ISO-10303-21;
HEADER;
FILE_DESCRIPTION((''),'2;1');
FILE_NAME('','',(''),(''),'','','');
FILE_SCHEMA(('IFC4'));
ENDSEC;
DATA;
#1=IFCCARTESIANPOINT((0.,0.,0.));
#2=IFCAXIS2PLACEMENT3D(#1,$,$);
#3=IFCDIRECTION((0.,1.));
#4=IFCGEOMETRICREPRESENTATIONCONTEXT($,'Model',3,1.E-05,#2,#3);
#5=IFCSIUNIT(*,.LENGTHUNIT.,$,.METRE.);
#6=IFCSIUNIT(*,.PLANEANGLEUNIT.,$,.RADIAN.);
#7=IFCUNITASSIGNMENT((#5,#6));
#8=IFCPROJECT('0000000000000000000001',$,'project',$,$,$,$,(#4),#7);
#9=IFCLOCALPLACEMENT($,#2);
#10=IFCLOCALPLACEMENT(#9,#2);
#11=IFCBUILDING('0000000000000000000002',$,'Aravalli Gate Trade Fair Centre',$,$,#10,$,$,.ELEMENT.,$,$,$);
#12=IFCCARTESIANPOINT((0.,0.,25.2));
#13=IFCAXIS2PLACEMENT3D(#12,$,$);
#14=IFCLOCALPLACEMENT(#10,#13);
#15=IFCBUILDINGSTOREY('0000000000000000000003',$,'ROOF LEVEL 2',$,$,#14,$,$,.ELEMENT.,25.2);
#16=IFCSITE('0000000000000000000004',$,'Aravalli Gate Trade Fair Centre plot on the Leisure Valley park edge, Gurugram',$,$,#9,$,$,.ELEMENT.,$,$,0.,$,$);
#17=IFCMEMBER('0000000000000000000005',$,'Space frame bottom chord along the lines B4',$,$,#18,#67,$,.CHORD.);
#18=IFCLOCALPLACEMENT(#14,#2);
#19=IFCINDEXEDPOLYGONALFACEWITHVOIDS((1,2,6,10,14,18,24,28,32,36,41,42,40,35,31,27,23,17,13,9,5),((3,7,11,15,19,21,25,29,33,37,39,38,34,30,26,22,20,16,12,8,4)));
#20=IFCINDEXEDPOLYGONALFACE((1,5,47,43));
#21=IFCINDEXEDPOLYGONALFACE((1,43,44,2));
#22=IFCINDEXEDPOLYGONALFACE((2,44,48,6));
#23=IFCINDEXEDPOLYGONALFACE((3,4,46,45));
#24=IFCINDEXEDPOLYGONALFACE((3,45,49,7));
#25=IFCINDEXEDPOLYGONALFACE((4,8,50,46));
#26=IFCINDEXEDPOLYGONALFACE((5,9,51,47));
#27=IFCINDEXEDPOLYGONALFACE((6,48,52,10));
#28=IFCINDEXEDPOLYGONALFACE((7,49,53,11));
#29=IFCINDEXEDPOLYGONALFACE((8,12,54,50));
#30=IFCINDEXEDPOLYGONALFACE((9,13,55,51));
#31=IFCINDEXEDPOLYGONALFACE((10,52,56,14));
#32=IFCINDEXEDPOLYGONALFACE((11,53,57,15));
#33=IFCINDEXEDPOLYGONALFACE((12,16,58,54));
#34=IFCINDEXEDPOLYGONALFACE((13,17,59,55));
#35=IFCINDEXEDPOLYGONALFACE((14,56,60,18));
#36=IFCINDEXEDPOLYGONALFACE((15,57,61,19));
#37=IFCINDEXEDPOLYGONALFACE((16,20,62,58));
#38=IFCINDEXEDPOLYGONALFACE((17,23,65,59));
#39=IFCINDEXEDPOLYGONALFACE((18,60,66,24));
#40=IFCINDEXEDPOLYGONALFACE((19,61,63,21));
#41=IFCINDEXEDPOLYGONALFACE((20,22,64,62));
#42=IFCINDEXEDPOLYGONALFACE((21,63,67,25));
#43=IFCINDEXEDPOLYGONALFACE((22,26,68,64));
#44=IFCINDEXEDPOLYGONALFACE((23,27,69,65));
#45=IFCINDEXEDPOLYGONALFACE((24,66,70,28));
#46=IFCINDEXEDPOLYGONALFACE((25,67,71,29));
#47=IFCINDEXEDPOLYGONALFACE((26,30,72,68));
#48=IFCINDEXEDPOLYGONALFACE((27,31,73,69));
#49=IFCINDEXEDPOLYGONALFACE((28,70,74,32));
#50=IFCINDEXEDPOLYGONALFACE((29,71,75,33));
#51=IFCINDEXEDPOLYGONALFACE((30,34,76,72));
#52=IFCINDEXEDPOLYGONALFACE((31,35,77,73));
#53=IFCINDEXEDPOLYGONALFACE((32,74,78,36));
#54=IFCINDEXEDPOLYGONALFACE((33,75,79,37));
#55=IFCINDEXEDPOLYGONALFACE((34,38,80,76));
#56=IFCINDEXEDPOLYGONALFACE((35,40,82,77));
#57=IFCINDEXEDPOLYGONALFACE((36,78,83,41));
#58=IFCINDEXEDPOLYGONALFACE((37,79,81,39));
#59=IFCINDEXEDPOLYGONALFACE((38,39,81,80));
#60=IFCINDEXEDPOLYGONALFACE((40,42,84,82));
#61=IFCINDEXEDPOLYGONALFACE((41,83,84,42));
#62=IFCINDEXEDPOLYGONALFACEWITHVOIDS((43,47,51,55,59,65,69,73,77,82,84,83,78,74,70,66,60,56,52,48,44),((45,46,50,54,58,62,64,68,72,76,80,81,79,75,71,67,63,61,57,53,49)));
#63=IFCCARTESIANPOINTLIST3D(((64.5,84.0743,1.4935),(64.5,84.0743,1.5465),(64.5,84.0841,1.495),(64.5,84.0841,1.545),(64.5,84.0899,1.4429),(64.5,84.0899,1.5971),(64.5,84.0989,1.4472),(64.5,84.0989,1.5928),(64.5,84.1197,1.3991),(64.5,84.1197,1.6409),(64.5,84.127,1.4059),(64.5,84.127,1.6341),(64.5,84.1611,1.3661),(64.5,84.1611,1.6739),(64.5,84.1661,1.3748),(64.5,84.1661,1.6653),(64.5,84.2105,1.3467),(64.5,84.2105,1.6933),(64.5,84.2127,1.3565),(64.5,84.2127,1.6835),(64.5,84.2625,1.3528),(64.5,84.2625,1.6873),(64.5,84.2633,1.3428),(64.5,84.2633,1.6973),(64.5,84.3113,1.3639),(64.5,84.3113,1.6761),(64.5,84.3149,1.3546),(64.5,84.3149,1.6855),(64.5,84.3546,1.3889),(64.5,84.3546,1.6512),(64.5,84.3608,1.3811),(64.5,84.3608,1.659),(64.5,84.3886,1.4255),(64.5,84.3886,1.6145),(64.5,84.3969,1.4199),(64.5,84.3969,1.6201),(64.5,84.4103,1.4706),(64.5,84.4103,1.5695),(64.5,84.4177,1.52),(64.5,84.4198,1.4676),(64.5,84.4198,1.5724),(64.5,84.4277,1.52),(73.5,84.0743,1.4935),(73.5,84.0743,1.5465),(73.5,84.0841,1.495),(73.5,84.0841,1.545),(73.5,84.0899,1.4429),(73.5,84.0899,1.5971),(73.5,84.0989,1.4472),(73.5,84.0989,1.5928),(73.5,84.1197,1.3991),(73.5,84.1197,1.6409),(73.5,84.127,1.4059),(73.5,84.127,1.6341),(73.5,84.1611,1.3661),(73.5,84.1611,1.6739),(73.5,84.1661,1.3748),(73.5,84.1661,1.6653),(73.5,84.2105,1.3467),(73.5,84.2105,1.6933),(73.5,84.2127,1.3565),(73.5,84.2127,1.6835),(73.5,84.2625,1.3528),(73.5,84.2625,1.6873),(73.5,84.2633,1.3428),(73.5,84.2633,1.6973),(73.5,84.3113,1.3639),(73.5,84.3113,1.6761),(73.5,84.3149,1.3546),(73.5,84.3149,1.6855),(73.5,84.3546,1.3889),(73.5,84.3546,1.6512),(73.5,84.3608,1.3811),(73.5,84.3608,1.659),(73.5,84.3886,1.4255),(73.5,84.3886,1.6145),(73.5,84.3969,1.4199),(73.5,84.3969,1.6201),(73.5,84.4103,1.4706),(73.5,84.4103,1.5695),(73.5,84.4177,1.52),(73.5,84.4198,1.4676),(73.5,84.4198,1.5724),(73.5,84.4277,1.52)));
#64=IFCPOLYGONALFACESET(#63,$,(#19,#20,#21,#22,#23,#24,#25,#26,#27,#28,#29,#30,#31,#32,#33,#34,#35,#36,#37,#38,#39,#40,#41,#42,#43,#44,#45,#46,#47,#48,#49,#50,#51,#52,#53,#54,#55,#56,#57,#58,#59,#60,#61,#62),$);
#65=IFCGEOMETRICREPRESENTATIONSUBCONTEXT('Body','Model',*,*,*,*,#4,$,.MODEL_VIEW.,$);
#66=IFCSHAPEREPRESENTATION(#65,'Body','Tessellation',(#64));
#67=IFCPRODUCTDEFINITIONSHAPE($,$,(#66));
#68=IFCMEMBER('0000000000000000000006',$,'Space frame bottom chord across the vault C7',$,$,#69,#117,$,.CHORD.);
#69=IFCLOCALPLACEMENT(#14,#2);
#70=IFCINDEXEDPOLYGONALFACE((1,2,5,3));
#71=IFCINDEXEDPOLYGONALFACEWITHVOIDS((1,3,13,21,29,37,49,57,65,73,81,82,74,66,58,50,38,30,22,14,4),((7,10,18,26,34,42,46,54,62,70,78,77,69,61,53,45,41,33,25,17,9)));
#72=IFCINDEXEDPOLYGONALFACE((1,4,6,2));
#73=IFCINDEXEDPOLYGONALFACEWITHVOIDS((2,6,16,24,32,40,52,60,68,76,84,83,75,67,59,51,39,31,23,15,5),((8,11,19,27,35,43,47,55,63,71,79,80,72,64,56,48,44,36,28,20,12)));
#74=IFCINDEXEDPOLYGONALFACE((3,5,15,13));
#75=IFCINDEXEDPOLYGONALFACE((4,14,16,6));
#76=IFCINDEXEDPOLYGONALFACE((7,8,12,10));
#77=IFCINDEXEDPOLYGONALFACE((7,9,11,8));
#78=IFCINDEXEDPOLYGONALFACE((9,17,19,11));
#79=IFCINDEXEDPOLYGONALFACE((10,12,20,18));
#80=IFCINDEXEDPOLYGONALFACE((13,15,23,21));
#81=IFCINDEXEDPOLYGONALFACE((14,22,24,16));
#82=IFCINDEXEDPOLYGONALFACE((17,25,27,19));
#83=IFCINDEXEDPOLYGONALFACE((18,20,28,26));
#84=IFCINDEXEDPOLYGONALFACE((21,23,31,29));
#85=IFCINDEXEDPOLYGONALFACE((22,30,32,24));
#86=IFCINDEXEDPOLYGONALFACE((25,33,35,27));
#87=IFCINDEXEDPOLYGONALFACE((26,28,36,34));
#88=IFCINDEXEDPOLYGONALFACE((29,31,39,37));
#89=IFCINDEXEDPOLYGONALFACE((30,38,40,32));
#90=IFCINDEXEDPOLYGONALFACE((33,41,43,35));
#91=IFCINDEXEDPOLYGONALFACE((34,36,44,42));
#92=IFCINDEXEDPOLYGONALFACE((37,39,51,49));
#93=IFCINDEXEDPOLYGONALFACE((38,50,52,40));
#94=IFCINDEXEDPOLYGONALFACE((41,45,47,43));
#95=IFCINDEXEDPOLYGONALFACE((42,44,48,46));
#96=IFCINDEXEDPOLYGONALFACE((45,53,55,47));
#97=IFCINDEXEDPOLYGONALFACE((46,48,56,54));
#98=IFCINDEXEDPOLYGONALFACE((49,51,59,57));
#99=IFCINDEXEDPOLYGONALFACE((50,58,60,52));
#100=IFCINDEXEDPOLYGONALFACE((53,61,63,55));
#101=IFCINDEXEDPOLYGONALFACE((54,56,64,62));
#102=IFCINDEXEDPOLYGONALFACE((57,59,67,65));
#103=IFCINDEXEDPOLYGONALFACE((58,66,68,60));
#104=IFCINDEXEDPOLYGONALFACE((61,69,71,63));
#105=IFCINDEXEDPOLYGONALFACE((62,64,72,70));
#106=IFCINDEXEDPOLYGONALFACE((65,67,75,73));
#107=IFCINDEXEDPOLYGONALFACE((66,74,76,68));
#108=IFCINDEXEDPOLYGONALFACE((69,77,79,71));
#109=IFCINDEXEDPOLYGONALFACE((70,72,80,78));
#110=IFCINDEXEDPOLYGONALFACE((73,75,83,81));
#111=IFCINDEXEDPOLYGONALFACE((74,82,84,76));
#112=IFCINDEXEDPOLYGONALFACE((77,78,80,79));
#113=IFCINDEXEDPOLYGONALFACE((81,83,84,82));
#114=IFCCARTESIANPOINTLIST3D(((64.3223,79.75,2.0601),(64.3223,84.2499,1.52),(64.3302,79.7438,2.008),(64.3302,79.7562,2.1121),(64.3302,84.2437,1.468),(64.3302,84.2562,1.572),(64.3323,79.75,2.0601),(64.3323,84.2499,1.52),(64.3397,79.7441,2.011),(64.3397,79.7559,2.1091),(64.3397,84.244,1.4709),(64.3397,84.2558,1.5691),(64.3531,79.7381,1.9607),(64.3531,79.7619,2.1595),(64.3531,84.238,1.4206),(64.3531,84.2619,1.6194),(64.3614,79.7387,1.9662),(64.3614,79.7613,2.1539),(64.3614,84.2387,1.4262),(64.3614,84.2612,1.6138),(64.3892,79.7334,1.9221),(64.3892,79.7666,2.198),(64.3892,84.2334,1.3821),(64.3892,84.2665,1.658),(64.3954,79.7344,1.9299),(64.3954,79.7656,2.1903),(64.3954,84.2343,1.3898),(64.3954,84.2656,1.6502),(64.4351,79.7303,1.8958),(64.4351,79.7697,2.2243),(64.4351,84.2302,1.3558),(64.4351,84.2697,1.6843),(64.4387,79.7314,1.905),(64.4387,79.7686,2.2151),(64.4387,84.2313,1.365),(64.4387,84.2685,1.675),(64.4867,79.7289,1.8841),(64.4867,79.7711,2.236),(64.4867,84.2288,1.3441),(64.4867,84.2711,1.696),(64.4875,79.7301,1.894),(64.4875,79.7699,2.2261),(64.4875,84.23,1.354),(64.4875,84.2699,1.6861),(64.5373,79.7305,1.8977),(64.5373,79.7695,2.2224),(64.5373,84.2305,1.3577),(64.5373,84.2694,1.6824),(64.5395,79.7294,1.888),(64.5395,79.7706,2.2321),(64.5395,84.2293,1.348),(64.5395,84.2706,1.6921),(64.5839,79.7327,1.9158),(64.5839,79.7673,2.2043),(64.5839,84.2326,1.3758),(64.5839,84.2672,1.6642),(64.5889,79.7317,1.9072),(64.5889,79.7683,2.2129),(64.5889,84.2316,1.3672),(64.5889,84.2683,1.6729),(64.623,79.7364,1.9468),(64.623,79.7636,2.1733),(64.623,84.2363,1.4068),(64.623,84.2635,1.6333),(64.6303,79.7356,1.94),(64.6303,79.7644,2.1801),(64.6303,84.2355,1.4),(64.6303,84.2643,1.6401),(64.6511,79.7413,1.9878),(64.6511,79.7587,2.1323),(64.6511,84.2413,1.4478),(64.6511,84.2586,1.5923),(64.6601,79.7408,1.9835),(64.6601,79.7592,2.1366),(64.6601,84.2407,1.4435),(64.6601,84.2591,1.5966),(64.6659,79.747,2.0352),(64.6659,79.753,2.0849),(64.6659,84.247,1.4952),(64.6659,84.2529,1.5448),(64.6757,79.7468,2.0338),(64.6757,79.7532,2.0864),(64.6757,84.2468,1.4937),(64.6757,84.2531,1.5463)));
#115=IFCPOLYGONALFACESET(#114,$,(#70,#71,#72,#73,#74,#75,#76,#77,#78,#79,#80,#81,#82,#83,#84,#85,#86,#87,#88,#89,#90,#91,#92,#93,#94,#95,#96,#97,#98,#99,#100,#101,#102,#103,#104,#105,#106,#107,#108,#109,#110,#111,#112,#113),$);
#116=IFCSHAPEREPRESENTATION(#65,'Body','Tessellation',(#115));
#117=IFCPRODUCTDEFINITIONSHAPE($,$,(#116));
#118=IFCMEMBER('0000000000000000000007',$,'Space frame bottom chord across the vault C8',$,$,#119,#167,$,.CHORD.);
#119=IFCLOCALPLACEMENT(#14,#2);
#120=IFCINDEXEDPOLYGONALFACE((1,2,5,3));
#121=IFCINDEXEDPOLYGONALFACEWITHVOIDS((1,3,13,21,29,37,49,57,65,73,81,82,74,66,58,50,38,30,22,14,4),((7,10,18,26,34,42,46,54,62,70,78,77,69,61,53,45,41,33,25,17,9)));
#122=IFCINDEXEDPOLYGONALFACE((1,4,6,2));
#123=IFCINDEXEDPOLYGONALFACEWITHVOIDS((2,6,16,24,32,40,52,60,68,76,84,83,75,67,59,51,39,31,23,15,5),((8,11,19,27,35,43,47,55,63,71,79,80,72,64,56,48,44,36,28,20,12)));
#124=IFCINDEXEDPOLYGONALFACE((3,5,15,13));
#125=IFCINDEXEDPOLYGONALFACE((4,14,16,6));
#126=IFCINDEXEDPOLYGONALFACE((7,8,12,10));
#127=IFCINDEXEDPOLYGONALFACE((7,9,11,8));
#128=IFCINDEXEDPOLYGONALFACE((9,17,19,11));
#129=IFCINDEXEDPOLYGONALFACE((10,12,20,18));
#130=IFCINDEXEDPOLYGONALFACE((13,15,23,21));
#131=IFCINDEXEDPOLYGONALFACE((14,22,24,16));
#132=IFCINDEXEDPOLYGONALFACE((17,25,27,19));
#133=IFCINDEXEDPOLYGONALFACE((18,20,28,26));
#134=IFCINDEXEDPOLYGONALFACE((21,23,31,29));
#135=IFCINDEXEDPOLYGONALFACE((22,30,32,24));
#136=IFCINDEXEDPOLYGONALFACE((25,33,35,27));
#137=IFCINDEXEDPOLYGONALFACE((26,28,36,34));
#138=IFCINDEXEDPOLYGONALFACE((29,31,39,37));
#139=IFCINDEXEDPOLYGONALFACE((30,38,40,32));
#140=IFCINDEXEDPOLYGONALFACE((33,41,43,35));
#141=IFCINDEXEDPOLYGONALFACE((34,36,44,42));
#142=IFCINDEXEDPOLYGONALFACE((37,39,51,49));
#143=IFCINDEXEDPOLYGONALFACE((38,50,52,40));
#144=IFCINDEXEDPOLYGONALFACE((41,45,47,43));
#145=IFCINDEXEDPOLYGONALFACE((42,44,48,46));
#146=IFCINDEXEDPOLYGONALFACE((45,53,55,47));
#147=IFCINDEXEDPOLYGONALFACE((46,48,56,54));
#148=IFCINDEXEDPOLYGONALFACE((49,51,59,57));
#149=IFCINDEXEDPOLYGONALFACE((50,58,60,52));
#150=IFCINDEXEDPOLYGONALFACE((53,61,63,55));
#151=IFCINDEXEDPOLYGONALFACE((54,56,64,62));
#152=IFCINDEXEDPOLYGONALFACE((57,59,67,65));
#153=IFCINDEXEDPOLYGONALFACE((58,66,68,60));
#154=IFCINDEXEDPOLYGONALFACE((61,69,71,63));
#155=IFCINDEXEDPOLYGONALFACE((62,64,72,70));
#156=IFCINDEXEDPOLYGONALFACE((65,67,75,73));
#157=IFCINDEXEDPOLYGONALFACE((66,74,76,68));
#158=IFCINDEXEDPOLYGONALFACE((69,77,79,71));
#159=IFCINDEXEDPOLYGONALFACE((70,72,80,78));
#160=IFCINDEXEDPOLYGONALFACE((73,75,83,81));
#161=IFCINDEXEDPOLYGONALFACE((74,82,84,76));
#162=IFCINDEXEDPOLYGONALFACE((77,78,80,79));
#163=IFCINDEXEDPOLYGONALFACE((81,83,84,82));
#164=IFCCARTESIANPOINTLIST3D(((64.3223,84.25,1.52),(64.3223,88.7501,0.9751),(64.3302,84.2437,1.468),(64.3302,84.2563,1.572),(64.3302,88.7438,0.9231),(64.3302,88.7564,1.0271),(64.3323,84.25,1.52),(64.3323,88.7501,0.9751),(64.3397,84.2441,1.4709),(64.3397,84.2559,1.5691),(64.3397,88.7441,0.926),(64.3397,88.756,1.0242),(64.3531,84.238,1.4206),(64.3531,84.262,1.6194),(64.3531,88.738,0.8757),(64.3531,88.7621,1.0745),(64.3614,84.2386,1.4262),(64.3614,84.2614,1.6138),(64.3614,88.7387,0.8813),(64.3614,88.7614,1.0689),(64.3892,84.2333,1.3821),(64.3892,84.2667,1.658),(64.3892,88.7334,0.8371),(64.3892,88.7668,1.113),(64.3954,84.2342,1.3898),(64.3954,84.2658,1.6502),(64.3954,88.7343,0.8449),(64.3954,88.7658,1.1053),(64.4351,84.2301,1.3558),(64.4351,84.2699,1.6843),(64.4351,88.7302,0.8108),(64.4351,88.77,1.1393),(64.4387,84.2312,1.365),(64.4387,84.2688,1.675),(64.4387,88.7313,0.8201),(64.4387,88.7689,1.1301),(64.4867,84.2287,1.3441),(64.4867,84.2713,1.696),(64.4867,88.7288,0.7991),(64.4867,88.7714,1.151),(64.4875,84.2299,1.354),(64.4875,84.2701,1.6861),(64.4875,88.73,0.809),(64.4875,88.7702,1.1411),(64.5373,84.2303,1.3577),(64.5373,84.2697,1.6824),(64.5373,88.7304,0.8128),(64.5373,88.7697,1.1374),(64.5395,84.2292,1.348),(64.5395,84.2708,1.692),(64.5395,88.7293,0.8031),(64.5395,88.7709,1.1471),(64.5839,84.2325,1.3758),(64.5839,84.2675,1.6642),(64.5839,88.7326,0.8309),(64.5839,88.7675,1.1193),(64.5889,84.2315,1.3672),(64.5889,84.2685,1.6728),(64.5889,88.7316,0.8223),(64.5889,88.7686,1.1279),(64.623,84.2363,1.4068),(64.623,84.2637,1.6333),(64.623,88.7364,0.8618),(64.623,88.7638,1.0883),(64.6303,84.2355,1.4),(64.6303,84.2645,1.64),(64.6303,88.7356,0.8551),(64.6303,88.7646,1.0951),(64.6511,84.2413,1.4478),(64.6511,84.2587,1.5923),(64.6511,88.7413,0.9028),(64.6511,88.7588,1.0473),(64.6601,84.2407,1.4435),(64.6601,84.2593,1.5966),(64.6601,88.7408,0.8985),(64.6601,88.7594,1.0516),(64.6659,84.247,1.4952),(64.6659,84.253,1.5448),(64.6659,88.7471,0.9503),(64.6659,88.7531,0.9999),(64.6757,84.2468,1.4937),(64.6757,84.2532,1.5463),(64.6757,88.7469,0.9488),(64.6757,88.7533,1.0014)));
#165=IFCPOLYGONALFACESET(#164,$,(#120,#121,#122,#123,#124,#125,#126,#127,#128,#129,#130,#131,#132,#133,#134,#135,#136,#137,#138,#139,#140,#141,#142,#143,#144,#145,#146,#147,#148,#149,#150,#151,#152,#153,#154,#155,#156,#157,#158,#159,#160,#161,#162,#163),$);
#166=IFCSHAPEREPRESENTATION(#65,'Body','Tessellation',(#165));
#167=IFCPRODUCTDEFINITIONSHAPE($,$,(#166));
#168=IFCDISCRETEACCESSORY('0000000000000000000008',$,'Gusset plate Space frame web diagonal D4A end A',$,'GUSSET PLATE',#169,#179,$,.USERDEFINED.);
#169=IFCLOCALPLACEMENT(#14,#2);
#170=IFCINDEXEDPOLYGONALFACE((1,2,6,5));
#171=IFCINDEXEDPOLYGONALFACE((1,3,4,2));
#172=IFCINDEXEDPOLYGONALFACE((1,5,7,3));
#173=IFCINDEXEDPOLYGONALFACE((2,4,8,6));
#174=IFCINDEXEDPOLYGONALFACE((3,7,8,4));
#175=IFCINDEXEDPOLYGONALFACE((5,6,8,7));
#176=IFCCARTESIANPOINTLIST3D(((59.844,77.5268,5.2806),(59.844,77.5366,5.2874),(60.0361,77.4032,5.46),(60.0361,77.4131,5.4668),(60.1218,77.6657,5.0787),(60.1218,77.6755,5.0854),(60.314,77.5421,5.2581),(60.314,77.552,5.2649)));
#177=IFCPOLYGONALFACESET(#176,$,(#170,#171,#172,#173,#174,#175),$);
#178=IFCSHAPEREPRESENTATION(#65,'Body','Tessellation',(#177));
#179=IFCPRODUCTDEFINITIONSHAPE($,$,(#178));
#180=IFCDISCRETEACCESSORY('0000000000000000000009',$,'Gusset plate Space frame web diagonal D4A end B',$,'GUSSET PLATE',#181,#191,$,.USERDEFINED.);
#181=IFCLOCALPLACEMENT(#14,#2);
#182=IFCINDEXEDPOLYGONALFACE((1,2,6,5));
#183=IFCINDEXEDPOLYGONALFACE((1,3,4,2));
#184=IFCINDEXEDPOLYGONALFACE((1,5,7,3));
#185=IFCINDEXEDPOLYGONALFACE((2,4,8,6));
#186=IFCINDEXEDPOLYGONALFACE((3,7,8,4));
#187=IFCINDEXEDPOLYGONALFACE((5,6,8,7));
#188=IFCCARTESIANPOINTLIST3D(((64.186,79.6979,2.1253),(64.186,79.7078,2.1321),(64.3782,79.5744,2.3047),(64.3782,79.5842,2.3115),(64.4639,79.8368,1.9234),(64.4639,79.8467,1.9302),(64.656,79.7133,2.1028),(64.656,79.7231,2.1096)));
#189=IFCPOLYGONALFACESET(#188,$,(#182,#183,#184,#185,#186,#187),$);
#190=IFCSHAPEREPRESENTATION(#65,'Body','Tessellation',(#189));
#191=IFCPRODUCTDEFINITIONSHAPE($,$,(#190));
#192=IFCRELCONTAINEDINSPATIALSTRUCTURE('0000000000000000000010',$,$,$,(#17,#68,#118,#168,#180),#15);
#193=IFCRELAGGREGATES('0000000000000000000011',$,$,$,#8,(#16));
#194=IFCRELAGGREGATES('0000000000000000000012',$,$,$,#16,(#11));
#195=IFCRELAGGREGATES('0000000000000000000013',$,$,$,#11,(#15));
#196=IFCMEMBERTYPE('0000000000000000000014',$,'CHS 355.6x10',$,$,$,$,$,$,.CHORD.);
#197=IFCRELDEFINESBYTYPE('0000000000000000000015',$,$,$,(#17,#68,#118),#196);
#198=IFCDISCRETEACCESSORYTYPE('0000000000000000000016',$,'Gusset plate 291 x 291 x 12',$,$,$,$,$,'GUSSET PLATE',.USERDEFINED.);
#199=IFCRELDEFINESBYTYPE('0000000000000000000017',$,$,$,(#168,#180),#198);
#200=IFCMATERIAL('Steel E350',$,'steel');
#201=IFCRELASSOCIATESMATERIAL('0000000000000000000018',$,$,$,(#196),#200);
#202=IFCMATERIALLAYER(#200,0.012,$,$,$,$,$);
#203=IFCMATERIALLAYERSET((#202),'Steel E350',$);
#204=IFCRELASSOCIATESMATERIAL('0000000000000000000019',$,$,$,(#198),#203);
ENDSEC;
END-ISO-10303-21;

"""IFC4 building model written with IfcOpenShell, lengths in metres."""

from ifc_helpers import new_model, si_unit, direction, frame, origin, origin_2d, place, context, subcontext, project, spatial, polyline, hollow_circle, outline, extrude, material, layer, layer_set, material_profile, profile_set, type_object, element, save


model = new_model("IFC4")

# Units and contexts
model_context = context("Model", 3, precision=1e-05, world=origin(), true_north=direction((0.0, 1.0)))
body_context = subcontext(model_context, "Body", "Model", "MODEL_VIEW")
ifc_project = project(units=[si_unit("LENGTHUNIT", "METRE"), si_unit("PLANEANGLEUNIT", "RADIAN")], contexts=[model_context])

# Site, building, storey
site_placement = place(None, origin())
site = spatial("IfcSite", under=ifc_project, at=site_placement, Name="Aravalli Gate Trade Fair Centre plot on the Leisure Valley park edge, Gurugram", CompositionType="ELEMENT", RefElevation=0.0)
building_placement = place(site_placement, origin())
building = spatial("IfcBuilding", under=site, at=building_placement, Name="Aravalli Gate Trade Fair Centre", CompositionType="ELEMENT")
storey_placement = place(building_placement, frame((0.0, 0.0, 25.2)))
storey = spatial("IfcBuildingStorey", under=building, at=storey_placement, Name="ROOF LEVEL 2", CompositionType="ELEMENT", Elevation=25.2)

# Members
ifc_material = material(Name="Steel E350", Category="steel")
ifc_material_profile_1 = material_profile(ifc_material, hollow_circle(Radius=0.1777, WallThickness=0.01, at=origin_2d()), Name="CHS 355.6x10")
ifc_profile_set_1 = profile_set([ifc_material_profile_1], Name="Steel E350")
member_type_1 = type_object("IfcMemberType", Name="CHS 355.6x10", PredefinedType="CHORD", material=ifc_profile_set_1)
for number, where, z_axis, x_axis, name in (
    (1, (64.5, 84.25, 1.52), (1.0, 0.0, 0.0), (0.0, 1.0, 0.0), "Space frame bottom chord along the lines B4"),
):
    element("IfcMember", number, at=place(storey_placement, frame(where, z_axis=z_axis, x_axis=x_axis)), inside=storey, type_object=member_type_1, Name=name, PredefinedType="CHORD", context=body_context, shape_type="SweptSolid", body=[
        extrude(hollow_circle(Radius=0.1777, WallThickness=0.01, at=origin_2d()), origin(), (0.0, 0.0, 1.0), 9.0),
    ])
member_1_placement = place(storey_placement, frame((64.5, 79.75, 2.0601), z_axis=(0.0, 0.992876, -0.119154), x_axis=(-1.0, 0.0, 0.0)))
element("IfcMember", 2, at=member_1_placement, inside=storey, type_object=member_type_1, Name="Space frame bottom chord across the vault C7", PredefinedType="CHORD", context=body_context, shape_type="SweptSolid", body=[
    extrude(hollow_circle(Radius=0.1777, WallThickness=0.01, at=origin_2d()), origin(), (0.0, 0.0, 1.0), 4.5322),
])
member_2_placement = place(storey_placement, frame((64.5, 84.25, 1.52), z_axis=(0.0, 0.992748, -0.120216), x_axis=(-1.0, 0.0, 0.0)))
element("IfcMember", 3, at=member_2_placement, inside=storey, type_object=member_type_1, Name="Space frame bottom chord across the vault C8", PredefinedType="CHORD", context=body_context, shape_type="SweptSolid", body=[
    extrude(hollow_circle(Radius=0.1777, WallThickness=0.01, at=origin_2d()), origin(), (0.0, 0.0, 1.0), 4.533),
])

# Discrete accessories
ifc_layer = layer(ifc_material, 0.012)
ifc_layer_set = layer_set([ifc_layer], Name="Steel E350")
discrete_accessory_type = type_object("IfcDiscreteAccessoryType", Name="Gusset plate 291 x 291 x 12", ElementType="GUSSET PLATE", PredefinedType="USERDEFINED", material=ifc_layer_set)
discrete_accessory_1_placement = place(storey_placement, frame((60.1218, 77.6755, 5.0854), z_axis=(0.000137, 0.82375, 0.566952), x_axis=(-0.749929, -0.374965, 0.544984)))
element("IfcDiscreteAccessory", 4, at=discrete_accessory_1_placement, inside=storey, type_object=discrete_accessory_type, Name="Gusset plate Space frame web diagonal D4A end A", ObjectType="GUSSET PLATE", PredefinedType="USERDEFINED", context=body_context, shape_type="SweptSolid", body=[
    extrude(outline(polyline([(0.0, 0.0), (0.3705, 0.0), (0.3705, 0.2905), (0.0, 0.2905), (0.0, 0.0)])), origin(), (0.0, 0.0, -1.0), 0.012),
])
discrete_accessory_2_placement = place(storey_placement, frame((64.186, 79.7078, 2.1321), z_axis=(0.000137, 0.82375, 0.566952), x_axis=(0.749929, 0.374965, -0.544984)))
element("IfcDiscreteAccessory", 5, at=discrete_accessory_2_placement, inside=storey, type_object=discrete_accessory_type, Name="Gusset plate Space frame web diagonal D4A end B", ObjectType="GUSSET PLATE", PredefinedType="USERDEFINED", context=body_context, shape_type="SweptSolid", body=[
    extrude(outline(polyline([(0.0, 0.0), (0.3705, 0.0), (0.3705, -0.2905), (0.0, -0.2905), (0.0, 0.0)])), origin(), (0.0, 0.0, -1.0), 0.012),
])

save(model, "model.ifc")
